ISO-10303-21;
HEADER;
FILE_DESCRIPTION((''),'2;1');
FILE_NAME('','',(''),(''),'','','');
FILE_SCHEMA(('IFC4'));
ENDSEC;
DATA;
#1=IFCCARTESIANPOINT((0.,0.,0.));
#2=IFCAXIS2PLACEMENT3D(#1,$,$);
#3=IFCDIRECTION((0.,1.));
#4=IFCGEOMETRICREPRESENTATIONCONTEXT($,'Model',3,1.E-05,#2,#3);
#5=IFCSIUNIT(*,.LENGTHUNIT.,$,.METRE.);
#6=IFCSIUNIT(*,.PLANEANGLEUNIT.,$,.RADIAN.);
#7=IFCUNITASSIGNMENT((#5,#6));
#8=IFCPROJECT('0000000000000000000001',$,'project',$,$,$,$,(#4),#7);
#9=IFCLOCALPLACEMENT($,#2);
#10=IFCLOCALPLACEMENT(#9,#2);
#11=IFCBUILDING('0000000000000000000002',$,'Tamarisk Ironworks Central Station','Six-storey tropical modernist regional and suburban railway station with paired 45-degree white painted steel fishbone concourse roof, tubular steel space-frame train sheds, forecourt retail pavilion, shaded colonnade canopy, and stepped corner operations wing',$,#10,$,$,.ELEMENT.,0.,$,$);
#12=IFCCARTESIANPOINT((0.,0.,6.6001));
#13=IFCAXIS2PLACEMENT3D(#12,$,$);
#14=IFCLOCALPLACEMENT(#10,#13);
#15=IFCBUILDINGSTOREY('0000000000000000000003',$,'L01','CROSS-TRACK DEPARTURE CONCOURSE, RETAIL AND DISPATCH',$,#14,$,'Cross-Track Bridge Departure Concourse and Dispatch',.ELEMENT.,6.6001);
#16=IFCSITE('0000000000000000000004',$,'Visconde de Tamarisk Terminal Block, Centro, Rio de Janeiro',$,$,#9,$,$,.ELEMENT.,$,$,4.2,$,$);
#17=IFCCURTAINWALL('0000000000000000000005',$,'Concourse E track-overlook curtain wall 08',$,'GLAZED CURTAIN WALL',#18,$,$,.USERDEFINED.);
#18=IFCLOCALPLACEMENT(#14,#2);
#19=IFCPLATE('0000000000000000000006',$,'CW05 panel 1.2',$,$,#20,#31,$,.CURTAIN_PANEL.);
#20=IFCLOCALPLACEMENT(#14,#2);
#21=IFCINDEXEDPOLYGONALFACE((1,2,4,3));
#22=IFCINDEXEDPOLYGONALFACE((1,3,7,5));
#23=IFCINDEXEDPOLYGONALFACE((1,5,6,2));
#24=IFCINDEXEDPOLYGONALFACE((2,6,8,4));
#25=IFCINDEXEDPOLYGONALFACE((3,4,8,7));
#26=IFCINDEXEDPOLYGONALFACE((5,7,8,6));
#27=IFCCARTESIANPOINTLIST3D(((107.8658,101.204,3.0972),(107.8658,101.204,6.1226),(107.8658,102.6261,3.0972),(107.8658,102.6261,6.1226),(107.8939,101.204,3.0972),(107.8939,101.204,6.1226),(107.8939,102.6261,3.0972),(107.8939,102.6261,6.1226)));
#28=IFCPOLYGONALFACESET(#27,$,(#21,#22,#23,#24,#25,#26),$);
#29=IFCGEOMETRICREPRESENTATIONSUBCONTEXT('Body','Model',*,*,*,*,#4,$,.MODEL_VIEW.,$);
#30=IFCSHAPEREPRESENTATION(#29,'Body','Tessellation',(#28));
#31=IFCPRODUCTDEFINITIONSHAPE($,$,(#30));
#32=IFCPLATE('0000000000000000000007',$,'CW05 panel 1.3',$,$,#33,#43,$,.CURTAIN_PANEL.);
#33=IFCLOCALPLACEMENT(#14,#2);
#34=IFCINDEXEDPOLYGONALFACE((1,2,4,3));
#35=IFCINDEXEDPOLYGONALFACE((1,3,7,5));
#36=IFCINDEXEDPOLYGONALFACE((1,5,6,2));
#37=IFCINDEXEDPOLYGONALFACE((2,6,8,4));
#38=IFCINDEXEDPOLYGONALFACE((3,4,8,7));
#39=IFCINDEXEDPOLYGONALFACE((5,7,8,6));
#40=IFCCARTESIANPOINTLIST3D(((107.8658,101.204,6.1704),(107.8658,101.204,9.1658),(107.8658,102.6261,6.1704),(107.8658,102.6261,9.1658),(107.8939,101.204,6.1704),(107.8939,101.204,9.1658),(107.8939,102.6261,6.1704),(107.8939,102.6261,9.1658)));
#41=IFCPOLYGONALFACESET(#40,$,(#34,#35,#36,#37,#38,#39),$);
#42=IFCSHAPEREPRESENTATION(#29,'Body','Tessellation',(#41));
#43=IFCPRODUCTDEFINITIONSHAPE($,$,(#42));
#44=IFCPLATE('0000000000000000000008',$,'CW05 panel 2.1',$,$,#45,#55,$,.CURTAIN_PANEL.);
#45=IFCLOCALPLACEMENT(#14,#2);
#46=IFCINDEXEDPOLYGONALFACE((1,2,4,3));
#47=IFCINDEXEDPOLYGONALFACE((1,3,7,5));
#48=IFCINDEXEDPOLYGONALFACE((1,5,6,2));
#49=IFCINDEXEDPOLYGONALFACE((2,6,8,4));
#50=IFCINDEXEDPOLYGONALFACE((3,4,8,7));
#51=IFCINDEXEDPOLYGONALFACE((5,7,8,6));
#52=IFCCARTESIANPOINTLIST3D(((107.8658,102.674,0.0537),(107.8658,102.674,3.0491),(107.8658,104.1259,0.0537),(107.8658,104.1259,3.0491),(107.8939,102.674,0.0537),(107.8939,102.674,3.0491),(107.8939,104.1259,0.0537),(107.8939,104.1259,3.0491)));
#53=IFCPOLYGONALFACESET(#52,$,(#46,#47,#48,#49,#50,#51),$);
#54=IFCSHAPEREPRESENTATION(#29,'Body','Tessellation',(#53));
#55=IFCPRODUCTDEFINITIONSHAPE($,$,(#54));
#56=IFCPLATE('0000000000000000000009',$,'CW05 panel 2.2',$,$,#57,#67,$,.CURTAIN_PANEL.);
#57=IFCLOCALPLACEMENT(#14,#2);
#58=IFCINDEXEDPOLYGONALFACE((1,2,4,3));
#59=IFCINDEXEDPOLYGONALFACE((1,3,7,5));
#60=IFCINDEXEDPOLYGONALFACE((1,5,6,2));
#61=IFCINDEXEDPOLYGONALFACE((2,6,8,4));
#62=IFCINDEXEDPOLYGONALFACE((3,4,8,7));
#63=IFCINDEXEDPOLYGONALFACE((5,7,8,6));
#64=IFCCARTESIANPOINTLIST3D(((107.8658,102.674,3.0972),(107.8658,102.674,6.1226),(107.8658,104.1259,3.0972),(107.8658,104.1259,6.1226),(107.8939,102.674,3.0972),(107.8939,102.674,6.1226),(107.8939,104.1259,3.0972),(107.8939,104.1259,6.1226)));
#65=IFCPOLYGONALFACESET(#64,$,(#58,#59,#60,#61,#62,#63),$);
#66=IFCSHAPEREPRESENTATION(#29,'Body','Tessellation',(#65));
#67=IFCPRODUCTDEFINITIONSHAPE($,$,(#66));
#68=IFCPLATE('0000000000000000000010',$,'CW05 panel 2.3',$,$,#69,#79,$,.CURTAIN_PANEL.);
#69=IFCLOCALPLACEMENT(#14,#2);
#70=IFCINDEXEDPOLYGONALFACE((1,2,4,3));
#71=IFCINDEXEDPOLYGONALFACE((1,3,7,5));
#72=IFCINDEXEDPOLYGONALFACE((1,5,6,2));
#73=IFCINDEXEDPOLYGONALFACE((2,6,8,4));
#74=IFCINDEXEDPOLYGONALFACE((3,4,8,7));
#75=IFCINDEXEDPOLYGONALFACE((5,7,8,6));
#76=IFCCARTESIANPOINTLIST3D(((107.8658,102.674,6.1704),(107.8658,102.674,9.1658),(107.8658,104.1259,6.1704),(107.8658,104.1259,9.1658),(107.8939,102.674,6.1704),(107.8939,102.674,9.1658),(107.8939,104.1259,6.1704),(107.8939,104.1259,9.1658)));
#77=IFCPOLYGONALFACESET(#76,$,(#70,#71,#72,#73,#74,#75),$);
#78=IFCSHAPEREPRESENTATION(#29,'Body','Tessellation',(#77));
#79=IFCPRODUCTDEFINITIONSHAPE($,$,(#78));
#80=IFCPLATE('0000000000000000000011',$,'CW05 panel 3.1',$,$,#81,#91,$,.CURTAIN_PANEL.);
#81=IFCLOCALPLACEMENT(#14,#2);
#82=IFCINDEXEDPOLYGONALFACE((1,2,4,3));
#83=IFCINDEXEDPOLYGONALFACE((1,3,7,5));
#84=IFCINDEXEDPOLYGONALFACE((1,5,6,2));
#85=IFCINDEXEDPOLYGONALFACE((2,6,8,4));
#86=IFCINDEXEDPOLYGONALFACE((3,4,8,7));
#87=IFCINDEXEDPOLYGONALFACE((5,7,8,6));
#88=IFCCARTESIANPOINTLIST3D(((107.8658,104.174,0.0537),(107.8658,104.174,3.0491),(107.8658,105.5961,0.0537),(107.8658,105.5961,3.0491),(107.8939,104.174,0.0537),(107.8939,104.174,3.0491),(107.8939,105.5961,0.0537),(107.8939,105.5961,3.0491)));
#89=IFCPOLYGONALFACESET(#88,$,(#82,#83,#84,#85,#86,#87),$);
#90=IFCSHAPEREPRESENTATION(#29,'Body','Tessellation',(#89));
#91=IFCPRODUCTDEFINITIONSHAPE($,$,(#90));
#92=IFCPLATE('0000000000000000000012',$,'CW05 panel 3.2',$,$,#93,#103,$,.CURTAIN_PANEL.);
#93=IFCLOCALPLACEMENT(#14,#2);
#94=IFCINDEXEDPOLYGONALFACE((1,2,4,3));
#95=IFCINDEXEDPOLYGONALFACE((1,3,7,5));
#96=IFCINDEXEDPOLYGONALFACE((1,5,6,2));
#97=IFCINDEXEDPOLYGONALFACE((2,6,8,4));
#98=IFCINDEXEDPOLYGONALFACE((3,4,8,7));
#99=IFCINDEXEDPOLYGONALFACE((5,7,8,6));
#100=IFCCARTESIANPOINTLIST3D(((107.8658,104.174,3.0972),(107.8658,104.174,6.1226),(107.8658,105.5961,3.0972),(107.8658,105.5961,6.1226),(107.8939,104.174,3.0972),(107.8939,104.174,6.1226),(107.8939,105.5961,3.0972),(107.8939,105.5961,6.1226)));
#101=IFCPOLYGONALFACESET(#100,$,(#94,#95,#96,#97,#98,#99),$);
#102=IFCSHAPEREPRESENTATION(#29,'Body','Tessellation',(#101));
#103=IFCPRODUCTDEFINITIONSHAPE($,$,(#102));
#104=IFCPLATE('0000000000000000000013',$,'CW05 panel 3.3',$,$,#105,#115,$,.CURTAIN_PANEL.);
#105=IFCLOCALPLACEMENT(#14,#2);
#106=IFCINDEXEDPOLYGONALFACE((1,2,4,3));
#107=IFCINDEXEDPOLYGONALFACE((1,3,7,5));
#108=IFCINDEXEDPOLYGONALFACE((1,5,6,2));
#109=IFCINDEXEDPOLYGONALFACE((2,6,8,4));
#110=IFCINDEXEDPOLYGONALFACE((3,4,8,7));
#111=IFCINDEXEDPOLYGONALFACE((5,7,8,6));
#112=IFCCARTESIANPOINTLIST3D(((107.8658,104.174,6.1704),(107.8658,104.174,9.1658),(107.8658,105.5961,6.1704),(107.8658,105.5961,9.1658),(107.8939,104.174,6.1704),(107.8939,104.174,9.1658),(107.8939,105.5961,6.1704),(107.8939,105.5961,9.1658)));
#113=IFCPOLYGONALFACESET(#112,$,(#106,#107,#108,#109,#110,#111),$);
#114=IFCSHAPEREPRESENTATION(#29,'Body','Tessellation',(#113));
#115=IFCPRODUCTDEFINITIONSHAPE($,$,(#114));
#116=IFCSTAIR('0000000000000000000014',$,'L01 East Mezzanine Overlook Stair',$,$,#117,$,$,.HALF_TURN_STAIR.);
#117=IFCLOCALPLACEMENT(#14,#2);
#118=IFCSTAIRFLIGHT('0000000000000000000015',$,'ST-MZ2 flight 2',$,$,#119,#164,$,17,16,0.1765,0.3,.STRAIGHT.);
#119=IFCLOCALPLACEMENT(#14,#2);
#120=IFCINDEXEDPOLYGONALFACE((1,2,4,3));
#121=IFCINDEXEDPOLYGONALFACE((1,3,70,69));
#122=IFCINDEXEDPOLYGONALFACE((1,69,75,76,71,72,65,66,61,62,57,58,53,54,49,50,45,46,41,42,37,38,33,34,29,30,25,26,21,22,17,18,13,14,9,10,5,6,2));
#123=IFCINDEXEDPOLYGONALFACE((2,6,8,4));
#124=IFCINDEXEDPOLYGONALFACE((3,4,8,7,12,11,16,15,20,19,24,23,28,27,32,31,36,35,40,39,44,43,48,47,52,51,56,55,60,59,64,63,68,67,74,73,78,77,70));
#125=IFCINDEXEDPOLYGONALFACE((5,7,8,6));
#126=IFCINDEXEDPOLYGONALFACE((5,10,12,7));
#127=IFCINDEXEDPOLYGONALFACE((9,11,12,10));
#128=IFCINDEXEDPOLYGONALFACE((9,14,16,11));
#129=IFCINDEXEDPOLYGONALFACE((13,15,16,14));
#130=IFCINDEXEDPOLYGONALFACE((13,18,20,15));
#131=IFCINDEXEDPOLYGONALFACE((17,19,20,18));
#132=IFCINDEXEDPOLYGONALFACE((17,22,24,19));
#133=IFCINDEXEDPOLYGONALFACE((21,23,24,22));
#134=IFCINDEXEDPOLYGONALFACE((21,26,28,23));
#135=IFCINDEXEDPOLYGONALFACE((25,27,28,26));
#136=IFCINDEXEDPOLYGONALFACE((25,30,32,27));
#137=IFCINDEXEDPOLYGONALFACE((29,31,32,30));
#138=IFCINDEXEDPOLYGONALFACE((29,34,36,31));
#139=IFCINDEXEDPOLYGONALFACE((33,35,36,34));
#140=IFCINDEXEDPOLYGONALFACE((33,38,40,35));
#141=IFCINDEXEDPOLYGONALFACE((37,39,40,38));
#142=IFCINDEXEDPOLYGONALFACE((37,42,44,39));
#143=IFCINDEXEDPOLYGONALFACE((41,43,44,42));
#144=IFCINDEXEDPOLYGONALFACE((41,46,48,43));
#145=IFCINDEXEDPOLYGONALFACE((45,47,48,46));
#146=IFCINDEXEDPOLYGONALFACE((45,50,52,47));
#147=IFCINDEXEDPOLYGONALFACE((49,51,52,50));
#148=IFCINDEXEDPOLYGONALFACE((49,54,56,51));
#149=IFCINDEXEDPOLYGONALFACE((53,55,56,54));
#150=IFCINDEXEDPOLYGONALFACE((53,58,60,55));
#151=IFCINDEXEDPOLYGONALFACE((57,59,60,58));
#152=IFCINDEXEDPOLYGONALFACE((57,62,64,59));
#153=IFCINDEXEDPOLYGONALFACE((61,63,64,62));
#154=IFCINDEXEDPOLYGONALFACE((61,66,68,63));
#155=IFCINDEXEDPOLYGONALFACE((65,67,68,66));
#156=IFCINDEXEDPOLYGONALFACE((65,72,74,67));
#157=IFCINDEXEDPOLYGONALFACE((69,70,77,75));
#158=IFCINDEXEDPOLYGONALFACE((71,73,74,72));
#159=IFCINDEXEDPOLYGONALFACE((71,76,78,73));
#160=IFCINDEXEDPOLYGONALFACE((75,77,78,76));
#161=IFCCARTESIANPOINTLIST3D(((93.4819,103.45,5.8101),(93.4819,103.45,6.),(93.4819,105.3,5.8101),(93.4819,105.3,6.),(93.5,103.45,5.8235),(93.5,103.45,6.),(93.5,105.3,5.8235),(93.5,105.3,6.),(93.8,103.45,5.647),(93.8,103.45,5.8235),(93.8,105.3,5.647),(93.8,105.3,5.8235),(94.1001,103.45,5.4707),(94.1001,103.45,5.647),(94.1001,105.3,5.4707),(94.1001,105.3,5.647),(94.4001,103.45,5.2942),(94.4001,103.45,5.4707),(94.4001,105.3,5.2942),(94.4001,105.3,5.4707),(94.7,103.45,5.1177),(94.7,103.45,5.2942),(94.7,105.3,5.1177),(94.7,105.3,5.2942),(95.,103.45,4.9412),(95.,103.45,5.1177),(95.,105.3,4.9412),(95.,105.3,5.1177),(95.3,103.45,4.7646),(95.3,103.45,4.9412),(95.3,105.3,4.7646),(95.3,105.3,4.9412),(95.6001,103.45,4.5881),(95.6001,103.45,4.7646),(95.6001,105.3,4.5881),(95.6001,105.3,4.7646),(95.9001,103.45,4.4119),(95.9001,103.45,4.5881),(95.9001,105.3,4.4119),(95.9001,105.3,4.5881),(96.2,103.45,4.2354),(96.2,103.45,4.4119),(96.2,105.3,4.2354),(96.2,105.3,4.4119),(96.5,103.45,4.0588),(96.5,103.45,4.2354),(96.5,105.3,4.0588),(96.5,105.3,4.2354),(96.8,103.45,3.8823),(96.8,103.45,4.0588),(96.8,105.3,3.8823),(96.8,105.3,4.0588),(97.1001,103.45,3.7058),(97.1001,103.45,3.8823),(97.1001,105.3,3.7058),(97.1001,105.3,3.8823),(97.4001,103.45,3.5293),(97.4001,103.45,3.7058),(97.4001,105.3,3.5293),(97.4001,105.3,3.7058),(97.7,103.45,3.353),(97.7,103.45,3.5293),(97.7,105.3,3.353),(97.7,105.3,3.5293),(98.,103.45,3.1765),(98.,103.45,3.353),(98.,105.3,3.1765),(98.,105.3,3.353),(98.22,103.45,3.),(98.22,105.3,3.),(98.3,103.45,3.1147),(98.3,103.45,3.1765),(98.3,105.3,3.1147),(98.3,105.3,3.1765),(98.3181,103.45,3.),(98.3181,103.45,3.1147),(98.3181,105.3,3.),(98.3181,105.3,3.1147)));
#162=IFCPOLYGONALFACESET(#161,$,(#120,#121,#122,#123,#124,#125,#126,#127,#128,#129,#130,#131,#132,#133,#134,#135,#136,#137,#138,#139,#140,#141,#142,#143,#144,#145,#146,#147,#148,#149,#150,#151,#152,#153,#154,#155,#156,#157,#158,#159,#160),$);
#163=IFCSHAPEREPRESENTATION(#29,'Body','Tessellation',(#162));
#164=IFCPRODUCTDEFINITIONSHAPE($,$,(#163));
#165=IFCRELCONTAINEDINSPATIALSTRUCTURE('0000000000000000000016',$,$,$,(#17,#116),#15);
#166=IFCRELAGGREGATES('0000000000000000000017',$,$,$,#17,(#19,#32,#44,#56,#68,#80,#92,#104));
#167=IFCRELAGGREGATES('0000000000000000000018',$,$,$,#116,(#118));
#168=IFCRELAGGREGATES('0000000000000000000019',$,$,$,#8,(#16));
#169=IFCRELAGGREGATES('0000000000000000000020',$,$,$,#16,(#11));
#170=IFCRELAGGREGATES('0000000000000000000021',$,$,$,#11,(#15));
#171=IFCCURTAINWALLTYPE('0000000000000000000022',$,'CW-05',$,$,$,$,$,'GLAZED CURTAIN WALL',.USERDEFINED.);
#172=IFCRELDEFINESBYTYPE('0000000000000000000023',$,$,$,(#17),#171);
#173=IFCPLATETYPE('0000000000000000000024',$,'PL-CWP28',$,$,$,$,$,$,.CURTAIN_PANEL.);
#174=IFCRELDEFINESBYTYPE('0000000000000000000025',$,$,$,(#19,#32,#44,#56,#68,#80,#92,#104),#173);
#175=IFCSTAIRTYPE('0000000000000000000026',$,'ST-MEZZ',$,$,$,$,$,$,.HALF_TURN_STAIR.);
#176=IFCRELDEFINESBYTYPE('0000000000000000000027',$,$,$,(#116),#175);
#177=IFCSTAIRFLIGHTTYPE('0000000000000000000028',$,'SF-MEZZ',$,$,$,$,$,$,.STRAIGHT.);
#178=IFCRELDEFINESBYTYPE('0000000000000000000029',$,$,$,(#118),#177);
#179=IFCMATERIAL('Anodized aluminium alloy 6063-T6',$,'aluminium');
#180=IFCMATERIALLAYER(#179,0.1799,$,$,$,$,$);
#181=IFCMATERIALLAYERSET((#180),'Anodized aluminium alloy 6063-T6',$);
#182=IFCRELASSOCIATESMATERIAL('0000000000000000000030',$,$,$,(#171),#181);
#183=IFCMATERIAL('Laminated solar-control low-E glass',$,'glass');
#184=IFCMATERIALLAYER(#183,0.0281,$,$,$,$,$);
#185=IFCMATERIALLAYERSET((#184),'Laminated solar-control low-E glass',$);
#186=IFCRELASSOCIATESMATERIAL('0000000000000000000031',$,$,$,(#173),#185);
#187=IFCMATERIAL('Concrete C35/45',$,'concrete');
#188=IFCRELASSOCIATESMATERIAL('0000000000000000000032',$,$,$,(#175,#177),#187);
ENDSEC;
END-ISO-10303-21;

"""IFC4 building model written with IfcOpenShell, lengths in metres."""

from ifc_helpers import new_model, si_unit, direction, frame, origin, origin_2d, place, context, subcontext, project, spatial, polyline, rectangle, outline, extrude, material, layer, layer_set, type_object, element, aggregate, save


model = new_model("IFC4")

# Units and contexts
model_context = context("Model", 3, precision=1e-05, world=origin(), true_north=direction((0.0, 1.0)))
body_context = subcontext(model_context, "Body", "Model", "MODEL_VIEW")
ifc_project = project(units=[si_unit("LENGTHUNIT", "METRE"), si_unit("PLANEANGLEUNIT", "RADIAN")], contexts=[model_context])

# Site, building, storey
site_placement = place(None, origin())
site = spatial("IfcSite", under=ifc_project, at=site_placement, Name="Visconde de Tamarisk Terminal Block, Centro, Rio de Janeiro", CompositionType="ELEMENT", RefElevation=4.2)
building_placement = place(site_placement, origin())
building = spatial("IfcBuilding", under=site, at=building_placement, Name="Tamarisk Ironworks Central Station", Description="Six-storey tropical modernist regional and suburban railway station with paired 45-degree white painted steel fishbone concourse roof, tubular steel space-frame train sheds, forecourt retail pavilion, shaded colonnade canopy, and stepped corner operations wing", CompositionType="ELEMENT", ElevationOfRefHeight=0.0)
storey_placement = place(building_placement, frame((0.0, 0.0, 6.6001)))
storey = spatial("IfcBuildingStorey", under=building, at=storey_placement, Name="L01", Description="CROSS-TRACK DEPARTURE CONCOURSE, RETAIL AND DISPATCH", LongName="Cross-Track Bridge Departure Concourse and Dispatch", CompositionType="ELEMENT", Elevation=6.6001)

# Curtain wall, plates
ifc_material_1 = material(Name="Anodized aluminium alloy 6063-T6", Category="aluminium")
ifc_layer_1 = layer(ifc_material_1, 0.1799)
ifc_layer_set_1 = layer_set([ifc_layer_1], Name="Anodized aluminium alloy 6063-T6")
curtain_wall_type = type_object("IfcCurtainWallType", Name="CW-05", ElementType="GLAZED CURTAIN WALL", PredefinedType="USERDEFINED", material=ifc_layer_set_1)
curtain_wall_placement = place(storey_placement, origin())
curtain_wall = element("IfcCurtainWall", 1, at=curtain_wall_placement, inside=storey, type_object=curtain_wall_type, Name="Concourse E track-overlook curtain wall 08", ObjectType="GLAZED CURTAIN WALL", PredefinedType="USERDEFINED")
ifc_material_2 = material(Name="Laminated solar-control low-E glass", Category="glass")
ifc_layer_2 = layer(ifc_material_2, 0.0281)
ifc_layer_set_2 = layer_set([ifc_layer_2], Name="Laminated solar-control low-E glass")
plate_type = type_object("IfcPlateType", Name="PL-CWP28", PredefinedType="CURTAIN_PANEL", material=ifc_layer_set_2)
plate_1_placement = place(storey_placement, frame((107.8799, 101.915, 3.0972), z_axis=(0.0, 0.0, 1.0), x_axis=(0.0, 1.0, 0.0)))
plate_1 = element("IfcPlate", 2, at=plate_1_placement, type_object=plate_type, Name="CW05 panel 1.2", PredefinedType="CURTAIN_PANEL", context=body_context, shape_type="SweptSolid", body=[
    extrude(rectangle(XDim=1.4221, YDim=0.0281, at=origin_2d()), origin(), (0.0, 0.0, 1.0), 3.0254),
])
plate_2_placement = place(storey_placement, frame((107.8799, 101.915, 6.1704), z_axis=(0.0, 0.0, 1.0), x_axis=(0.0, 1.0, 0.0)))
plate_2 = element("IfcPlate", 3, at=plate_2_placement, type_object=plate_type, Name="CW05 panel 1.3", PredefinedType="CURTAIN_PANEL", context=body_context, shape_type="SweptSolid", body=[
    extrude(rectangle(XDim=1.4221, YDim=0.0281, at=origin_2d()), origin(), (0.0, 0.0, 1.0), 2.9954),
])
plate_3_placement = place(storey_placement, frame((107.8799, 103.3999, 0.0537), z_axis=(0.0, 0.0, 1.0), x_axis=(0.0, 1.0, 0.0)))
plate_3 = element("IfcPlate", 4, at=plate_3_placement, type_object=plate_type, Name="CW05 panel 2.1", PredefinedType="CURTAIN_PANEL", context=body_context, shape_type="SweptSolid", body=[
    extrude(rectangle(XDim=1.4519, YDim=0.0281, at=origin_2d()), origin(), (0.0, 0.0, 1.0), 2.9954),
])
plate_4_placement = place(storey_placement, frame((107.8799, 103.3999, 3.0972), z_axis=(0.0, 0.0, 1.0), x_axis=(0.0, 1.0, 0.0)))
plate_4 = element("IfcPlate", 5, at=plate_4_placement, type_object=plate_type, Name="CW05 panel 2.2", PredefinedType="CURTAIN_PANEL", context=body_context, shape_type="SweptSolid", body=[
    extrude(rectangle(XDim=1.4519, YDim=0.0281, at=origin_2d()), origin(), (0.0, 0.0, 1.0), 3.0254),
])
plate_5_placement = place(storey_placement, frame((107.8799, 103.3999, 6.1704), z_axis=(0.0, 0.0, 1.0), x_axis=(0.0, 1.0, 0.0)))
plate_5 = element("IfcPlate", 6, at=plate_5_placement, type_object=plate_type, Name="CW05 panel 2.3", PredefinedType="CURTAIN_PANEL", context=body_context, shape_type="SweptSolid", body=[
    extrude(rectangle(XDim=1.4519, YDim=0.0281, at=origin_2d()), origin(), (0.0, 0.0, 1.0), 2.9954),
])
plate_6_placement = place(storey_placement, frame((107.8799, 104.885, 0.0537), z_axis=(0.0, 0.0, 1.0), x_axis=(0.0, 1.0, 0.0)))
plate_6 = element("IfcPlate", 7, at=plate_6_placement, type_object=plate_type, Name="CW05 panel 3.1", PredefinedType="CURTAIN_PANEL", context=body_context, shape_type="SweptSolid", body=[
    extrude(rectangle(XDim=1.4221, YDim=0.0281, at=origin_2d()), origin(), (0.0, 0.0, 1.0), 2.9954),
])
plate_7_placement = place(storey_placement, frame((107.8799, 104.885, 3.0972), z_axis=(0.0, 0.0, 1.0), x_axis=(0.0, 1.0, 0.0)))
plate_7 = element("IfcPlate", 8, at=plate_7_placement, type_object=plate_type, Name="CW05 panel 3.2", PredefinedType="CURTAIN_PANEL", context=body_context, shape_type="SweptSolid", body=[
    extrude(rectangle(XDim=1.4221, YDim=0.0281, at=origin_2d()), origin(), (0.0, 0.0, 1.0), 3.0254),
])
plate_8_placement = place(storey_placement, frame((107.8799, 104.885, 6.1704), z_axis=(0.0, 0.0, 1.0), x_axis=(0.0, 1.0, 0.0)))
plate_8 = element("IfcPlate", 9, at=plate_8_placement, type_object=plate_type, Name="CW05 panel 3.3", PredefinedType="CURTAIN_PANEL", context=body_context, shape_type="SweptSolid", body=[
    extrude(rectangle(XDim=1.4221, YDim=0.0281, at=origin_2d()), origin(), (0.0, 0.0, 1.0), 2.9954),
])
aggregate(curtain_wall, [plate_1, plate_2, plate_3, plate_4, plate_5, plate_6, plate_7, plate_8])

# Stair, stair flight
ifc_material_3 = material(Name="Concrete C35/45", Category="concrete")
stair_type = type_object("IfcStairType", Name="ST-MEZZ", PredefinedType="HALF_TURN_STAIR", material=ifc_material_3)
stair_placement = place(storey_placement, origin())
stair = element("IfcStair", 10, at=stair_placement, inside=storey, type_object=stair_type, Name="L01 East Mezzanine Overlook Stair", PredefinedType="HALF_TURN_STAIR")
stair_flight_type = type_object("IfcStairFlightType", Name="SF-MEZZ", PredefinedType="STRAIGHT", material=ifc_material_3)
stair_flight_placement = place(storey_placement, frame((98.3, 104.375, 3.0), z_axis=(0.0, 0.0, 1.0), x_axis=(-1.0, 0.0, 0.0)))
stair_flight = element("IfcStairFlight", 11, at=stair_flight_placement, type_object=stair_flight_type, Name="ST-MZ2 flight 2", NumberOfRisers=17, NumberOfTreads=16, PredefinedType="STRAIGHT", RiserHeight=0.1765, TreadLength=0.3, context=body_context, shape_type="SweptSolid", body=[
    extrude(outline(polyline([(-0.0181, 0.0), (-0.0181, 0.1147), (0.0, 0.1147), (0.0, 0.1765), (0.3, 0.1765), (0.3, 0.353), (0.6001, 0.353), (0.6001, 0.5293), (0.8999, 0.5293), (0.8999, 0.7058), (1.2, 0.7058), (1.2, 0.8823), (1.5, 0.8823), (1.5, 1.0588), (1.8, 1.0588), (1.8, 1.2354), (2.1001, 1.2354), (2.1001, 1.4119), (2.3999, 1.4119), (2.3999, 1.5881), (2.7, 1.5881), (2.7, 1.7646), (3.0, 1.7646), (3.0, 1.9412), (3.3, 1.9412), (3.3, 2.1177), (3.6001, 2.1177), (3.6001, 2.2942), (3.8999, 2.2942), (3.8999, 2.4707), (4.2, 2.4707), (4.2, 2.647), (4.5, 2.647), (4.5, 2.8235), (4.8, 2.8235), (4.8, 3.0), (4.8181, 3.0), (4.8181, 2.8101), (0.0801, 0.0), (-0.0181, 0.0)])), frame((0.0, 0.925, 0.0), z_axis=(0.0, -1.0, 0.0), x_axis=(1.0, 0.0, 0.0)), (0.0, 0.0, 1.0), 1.8501),
])
aggregate(stair, [stair_flight])

save(model, "model.ifc")
